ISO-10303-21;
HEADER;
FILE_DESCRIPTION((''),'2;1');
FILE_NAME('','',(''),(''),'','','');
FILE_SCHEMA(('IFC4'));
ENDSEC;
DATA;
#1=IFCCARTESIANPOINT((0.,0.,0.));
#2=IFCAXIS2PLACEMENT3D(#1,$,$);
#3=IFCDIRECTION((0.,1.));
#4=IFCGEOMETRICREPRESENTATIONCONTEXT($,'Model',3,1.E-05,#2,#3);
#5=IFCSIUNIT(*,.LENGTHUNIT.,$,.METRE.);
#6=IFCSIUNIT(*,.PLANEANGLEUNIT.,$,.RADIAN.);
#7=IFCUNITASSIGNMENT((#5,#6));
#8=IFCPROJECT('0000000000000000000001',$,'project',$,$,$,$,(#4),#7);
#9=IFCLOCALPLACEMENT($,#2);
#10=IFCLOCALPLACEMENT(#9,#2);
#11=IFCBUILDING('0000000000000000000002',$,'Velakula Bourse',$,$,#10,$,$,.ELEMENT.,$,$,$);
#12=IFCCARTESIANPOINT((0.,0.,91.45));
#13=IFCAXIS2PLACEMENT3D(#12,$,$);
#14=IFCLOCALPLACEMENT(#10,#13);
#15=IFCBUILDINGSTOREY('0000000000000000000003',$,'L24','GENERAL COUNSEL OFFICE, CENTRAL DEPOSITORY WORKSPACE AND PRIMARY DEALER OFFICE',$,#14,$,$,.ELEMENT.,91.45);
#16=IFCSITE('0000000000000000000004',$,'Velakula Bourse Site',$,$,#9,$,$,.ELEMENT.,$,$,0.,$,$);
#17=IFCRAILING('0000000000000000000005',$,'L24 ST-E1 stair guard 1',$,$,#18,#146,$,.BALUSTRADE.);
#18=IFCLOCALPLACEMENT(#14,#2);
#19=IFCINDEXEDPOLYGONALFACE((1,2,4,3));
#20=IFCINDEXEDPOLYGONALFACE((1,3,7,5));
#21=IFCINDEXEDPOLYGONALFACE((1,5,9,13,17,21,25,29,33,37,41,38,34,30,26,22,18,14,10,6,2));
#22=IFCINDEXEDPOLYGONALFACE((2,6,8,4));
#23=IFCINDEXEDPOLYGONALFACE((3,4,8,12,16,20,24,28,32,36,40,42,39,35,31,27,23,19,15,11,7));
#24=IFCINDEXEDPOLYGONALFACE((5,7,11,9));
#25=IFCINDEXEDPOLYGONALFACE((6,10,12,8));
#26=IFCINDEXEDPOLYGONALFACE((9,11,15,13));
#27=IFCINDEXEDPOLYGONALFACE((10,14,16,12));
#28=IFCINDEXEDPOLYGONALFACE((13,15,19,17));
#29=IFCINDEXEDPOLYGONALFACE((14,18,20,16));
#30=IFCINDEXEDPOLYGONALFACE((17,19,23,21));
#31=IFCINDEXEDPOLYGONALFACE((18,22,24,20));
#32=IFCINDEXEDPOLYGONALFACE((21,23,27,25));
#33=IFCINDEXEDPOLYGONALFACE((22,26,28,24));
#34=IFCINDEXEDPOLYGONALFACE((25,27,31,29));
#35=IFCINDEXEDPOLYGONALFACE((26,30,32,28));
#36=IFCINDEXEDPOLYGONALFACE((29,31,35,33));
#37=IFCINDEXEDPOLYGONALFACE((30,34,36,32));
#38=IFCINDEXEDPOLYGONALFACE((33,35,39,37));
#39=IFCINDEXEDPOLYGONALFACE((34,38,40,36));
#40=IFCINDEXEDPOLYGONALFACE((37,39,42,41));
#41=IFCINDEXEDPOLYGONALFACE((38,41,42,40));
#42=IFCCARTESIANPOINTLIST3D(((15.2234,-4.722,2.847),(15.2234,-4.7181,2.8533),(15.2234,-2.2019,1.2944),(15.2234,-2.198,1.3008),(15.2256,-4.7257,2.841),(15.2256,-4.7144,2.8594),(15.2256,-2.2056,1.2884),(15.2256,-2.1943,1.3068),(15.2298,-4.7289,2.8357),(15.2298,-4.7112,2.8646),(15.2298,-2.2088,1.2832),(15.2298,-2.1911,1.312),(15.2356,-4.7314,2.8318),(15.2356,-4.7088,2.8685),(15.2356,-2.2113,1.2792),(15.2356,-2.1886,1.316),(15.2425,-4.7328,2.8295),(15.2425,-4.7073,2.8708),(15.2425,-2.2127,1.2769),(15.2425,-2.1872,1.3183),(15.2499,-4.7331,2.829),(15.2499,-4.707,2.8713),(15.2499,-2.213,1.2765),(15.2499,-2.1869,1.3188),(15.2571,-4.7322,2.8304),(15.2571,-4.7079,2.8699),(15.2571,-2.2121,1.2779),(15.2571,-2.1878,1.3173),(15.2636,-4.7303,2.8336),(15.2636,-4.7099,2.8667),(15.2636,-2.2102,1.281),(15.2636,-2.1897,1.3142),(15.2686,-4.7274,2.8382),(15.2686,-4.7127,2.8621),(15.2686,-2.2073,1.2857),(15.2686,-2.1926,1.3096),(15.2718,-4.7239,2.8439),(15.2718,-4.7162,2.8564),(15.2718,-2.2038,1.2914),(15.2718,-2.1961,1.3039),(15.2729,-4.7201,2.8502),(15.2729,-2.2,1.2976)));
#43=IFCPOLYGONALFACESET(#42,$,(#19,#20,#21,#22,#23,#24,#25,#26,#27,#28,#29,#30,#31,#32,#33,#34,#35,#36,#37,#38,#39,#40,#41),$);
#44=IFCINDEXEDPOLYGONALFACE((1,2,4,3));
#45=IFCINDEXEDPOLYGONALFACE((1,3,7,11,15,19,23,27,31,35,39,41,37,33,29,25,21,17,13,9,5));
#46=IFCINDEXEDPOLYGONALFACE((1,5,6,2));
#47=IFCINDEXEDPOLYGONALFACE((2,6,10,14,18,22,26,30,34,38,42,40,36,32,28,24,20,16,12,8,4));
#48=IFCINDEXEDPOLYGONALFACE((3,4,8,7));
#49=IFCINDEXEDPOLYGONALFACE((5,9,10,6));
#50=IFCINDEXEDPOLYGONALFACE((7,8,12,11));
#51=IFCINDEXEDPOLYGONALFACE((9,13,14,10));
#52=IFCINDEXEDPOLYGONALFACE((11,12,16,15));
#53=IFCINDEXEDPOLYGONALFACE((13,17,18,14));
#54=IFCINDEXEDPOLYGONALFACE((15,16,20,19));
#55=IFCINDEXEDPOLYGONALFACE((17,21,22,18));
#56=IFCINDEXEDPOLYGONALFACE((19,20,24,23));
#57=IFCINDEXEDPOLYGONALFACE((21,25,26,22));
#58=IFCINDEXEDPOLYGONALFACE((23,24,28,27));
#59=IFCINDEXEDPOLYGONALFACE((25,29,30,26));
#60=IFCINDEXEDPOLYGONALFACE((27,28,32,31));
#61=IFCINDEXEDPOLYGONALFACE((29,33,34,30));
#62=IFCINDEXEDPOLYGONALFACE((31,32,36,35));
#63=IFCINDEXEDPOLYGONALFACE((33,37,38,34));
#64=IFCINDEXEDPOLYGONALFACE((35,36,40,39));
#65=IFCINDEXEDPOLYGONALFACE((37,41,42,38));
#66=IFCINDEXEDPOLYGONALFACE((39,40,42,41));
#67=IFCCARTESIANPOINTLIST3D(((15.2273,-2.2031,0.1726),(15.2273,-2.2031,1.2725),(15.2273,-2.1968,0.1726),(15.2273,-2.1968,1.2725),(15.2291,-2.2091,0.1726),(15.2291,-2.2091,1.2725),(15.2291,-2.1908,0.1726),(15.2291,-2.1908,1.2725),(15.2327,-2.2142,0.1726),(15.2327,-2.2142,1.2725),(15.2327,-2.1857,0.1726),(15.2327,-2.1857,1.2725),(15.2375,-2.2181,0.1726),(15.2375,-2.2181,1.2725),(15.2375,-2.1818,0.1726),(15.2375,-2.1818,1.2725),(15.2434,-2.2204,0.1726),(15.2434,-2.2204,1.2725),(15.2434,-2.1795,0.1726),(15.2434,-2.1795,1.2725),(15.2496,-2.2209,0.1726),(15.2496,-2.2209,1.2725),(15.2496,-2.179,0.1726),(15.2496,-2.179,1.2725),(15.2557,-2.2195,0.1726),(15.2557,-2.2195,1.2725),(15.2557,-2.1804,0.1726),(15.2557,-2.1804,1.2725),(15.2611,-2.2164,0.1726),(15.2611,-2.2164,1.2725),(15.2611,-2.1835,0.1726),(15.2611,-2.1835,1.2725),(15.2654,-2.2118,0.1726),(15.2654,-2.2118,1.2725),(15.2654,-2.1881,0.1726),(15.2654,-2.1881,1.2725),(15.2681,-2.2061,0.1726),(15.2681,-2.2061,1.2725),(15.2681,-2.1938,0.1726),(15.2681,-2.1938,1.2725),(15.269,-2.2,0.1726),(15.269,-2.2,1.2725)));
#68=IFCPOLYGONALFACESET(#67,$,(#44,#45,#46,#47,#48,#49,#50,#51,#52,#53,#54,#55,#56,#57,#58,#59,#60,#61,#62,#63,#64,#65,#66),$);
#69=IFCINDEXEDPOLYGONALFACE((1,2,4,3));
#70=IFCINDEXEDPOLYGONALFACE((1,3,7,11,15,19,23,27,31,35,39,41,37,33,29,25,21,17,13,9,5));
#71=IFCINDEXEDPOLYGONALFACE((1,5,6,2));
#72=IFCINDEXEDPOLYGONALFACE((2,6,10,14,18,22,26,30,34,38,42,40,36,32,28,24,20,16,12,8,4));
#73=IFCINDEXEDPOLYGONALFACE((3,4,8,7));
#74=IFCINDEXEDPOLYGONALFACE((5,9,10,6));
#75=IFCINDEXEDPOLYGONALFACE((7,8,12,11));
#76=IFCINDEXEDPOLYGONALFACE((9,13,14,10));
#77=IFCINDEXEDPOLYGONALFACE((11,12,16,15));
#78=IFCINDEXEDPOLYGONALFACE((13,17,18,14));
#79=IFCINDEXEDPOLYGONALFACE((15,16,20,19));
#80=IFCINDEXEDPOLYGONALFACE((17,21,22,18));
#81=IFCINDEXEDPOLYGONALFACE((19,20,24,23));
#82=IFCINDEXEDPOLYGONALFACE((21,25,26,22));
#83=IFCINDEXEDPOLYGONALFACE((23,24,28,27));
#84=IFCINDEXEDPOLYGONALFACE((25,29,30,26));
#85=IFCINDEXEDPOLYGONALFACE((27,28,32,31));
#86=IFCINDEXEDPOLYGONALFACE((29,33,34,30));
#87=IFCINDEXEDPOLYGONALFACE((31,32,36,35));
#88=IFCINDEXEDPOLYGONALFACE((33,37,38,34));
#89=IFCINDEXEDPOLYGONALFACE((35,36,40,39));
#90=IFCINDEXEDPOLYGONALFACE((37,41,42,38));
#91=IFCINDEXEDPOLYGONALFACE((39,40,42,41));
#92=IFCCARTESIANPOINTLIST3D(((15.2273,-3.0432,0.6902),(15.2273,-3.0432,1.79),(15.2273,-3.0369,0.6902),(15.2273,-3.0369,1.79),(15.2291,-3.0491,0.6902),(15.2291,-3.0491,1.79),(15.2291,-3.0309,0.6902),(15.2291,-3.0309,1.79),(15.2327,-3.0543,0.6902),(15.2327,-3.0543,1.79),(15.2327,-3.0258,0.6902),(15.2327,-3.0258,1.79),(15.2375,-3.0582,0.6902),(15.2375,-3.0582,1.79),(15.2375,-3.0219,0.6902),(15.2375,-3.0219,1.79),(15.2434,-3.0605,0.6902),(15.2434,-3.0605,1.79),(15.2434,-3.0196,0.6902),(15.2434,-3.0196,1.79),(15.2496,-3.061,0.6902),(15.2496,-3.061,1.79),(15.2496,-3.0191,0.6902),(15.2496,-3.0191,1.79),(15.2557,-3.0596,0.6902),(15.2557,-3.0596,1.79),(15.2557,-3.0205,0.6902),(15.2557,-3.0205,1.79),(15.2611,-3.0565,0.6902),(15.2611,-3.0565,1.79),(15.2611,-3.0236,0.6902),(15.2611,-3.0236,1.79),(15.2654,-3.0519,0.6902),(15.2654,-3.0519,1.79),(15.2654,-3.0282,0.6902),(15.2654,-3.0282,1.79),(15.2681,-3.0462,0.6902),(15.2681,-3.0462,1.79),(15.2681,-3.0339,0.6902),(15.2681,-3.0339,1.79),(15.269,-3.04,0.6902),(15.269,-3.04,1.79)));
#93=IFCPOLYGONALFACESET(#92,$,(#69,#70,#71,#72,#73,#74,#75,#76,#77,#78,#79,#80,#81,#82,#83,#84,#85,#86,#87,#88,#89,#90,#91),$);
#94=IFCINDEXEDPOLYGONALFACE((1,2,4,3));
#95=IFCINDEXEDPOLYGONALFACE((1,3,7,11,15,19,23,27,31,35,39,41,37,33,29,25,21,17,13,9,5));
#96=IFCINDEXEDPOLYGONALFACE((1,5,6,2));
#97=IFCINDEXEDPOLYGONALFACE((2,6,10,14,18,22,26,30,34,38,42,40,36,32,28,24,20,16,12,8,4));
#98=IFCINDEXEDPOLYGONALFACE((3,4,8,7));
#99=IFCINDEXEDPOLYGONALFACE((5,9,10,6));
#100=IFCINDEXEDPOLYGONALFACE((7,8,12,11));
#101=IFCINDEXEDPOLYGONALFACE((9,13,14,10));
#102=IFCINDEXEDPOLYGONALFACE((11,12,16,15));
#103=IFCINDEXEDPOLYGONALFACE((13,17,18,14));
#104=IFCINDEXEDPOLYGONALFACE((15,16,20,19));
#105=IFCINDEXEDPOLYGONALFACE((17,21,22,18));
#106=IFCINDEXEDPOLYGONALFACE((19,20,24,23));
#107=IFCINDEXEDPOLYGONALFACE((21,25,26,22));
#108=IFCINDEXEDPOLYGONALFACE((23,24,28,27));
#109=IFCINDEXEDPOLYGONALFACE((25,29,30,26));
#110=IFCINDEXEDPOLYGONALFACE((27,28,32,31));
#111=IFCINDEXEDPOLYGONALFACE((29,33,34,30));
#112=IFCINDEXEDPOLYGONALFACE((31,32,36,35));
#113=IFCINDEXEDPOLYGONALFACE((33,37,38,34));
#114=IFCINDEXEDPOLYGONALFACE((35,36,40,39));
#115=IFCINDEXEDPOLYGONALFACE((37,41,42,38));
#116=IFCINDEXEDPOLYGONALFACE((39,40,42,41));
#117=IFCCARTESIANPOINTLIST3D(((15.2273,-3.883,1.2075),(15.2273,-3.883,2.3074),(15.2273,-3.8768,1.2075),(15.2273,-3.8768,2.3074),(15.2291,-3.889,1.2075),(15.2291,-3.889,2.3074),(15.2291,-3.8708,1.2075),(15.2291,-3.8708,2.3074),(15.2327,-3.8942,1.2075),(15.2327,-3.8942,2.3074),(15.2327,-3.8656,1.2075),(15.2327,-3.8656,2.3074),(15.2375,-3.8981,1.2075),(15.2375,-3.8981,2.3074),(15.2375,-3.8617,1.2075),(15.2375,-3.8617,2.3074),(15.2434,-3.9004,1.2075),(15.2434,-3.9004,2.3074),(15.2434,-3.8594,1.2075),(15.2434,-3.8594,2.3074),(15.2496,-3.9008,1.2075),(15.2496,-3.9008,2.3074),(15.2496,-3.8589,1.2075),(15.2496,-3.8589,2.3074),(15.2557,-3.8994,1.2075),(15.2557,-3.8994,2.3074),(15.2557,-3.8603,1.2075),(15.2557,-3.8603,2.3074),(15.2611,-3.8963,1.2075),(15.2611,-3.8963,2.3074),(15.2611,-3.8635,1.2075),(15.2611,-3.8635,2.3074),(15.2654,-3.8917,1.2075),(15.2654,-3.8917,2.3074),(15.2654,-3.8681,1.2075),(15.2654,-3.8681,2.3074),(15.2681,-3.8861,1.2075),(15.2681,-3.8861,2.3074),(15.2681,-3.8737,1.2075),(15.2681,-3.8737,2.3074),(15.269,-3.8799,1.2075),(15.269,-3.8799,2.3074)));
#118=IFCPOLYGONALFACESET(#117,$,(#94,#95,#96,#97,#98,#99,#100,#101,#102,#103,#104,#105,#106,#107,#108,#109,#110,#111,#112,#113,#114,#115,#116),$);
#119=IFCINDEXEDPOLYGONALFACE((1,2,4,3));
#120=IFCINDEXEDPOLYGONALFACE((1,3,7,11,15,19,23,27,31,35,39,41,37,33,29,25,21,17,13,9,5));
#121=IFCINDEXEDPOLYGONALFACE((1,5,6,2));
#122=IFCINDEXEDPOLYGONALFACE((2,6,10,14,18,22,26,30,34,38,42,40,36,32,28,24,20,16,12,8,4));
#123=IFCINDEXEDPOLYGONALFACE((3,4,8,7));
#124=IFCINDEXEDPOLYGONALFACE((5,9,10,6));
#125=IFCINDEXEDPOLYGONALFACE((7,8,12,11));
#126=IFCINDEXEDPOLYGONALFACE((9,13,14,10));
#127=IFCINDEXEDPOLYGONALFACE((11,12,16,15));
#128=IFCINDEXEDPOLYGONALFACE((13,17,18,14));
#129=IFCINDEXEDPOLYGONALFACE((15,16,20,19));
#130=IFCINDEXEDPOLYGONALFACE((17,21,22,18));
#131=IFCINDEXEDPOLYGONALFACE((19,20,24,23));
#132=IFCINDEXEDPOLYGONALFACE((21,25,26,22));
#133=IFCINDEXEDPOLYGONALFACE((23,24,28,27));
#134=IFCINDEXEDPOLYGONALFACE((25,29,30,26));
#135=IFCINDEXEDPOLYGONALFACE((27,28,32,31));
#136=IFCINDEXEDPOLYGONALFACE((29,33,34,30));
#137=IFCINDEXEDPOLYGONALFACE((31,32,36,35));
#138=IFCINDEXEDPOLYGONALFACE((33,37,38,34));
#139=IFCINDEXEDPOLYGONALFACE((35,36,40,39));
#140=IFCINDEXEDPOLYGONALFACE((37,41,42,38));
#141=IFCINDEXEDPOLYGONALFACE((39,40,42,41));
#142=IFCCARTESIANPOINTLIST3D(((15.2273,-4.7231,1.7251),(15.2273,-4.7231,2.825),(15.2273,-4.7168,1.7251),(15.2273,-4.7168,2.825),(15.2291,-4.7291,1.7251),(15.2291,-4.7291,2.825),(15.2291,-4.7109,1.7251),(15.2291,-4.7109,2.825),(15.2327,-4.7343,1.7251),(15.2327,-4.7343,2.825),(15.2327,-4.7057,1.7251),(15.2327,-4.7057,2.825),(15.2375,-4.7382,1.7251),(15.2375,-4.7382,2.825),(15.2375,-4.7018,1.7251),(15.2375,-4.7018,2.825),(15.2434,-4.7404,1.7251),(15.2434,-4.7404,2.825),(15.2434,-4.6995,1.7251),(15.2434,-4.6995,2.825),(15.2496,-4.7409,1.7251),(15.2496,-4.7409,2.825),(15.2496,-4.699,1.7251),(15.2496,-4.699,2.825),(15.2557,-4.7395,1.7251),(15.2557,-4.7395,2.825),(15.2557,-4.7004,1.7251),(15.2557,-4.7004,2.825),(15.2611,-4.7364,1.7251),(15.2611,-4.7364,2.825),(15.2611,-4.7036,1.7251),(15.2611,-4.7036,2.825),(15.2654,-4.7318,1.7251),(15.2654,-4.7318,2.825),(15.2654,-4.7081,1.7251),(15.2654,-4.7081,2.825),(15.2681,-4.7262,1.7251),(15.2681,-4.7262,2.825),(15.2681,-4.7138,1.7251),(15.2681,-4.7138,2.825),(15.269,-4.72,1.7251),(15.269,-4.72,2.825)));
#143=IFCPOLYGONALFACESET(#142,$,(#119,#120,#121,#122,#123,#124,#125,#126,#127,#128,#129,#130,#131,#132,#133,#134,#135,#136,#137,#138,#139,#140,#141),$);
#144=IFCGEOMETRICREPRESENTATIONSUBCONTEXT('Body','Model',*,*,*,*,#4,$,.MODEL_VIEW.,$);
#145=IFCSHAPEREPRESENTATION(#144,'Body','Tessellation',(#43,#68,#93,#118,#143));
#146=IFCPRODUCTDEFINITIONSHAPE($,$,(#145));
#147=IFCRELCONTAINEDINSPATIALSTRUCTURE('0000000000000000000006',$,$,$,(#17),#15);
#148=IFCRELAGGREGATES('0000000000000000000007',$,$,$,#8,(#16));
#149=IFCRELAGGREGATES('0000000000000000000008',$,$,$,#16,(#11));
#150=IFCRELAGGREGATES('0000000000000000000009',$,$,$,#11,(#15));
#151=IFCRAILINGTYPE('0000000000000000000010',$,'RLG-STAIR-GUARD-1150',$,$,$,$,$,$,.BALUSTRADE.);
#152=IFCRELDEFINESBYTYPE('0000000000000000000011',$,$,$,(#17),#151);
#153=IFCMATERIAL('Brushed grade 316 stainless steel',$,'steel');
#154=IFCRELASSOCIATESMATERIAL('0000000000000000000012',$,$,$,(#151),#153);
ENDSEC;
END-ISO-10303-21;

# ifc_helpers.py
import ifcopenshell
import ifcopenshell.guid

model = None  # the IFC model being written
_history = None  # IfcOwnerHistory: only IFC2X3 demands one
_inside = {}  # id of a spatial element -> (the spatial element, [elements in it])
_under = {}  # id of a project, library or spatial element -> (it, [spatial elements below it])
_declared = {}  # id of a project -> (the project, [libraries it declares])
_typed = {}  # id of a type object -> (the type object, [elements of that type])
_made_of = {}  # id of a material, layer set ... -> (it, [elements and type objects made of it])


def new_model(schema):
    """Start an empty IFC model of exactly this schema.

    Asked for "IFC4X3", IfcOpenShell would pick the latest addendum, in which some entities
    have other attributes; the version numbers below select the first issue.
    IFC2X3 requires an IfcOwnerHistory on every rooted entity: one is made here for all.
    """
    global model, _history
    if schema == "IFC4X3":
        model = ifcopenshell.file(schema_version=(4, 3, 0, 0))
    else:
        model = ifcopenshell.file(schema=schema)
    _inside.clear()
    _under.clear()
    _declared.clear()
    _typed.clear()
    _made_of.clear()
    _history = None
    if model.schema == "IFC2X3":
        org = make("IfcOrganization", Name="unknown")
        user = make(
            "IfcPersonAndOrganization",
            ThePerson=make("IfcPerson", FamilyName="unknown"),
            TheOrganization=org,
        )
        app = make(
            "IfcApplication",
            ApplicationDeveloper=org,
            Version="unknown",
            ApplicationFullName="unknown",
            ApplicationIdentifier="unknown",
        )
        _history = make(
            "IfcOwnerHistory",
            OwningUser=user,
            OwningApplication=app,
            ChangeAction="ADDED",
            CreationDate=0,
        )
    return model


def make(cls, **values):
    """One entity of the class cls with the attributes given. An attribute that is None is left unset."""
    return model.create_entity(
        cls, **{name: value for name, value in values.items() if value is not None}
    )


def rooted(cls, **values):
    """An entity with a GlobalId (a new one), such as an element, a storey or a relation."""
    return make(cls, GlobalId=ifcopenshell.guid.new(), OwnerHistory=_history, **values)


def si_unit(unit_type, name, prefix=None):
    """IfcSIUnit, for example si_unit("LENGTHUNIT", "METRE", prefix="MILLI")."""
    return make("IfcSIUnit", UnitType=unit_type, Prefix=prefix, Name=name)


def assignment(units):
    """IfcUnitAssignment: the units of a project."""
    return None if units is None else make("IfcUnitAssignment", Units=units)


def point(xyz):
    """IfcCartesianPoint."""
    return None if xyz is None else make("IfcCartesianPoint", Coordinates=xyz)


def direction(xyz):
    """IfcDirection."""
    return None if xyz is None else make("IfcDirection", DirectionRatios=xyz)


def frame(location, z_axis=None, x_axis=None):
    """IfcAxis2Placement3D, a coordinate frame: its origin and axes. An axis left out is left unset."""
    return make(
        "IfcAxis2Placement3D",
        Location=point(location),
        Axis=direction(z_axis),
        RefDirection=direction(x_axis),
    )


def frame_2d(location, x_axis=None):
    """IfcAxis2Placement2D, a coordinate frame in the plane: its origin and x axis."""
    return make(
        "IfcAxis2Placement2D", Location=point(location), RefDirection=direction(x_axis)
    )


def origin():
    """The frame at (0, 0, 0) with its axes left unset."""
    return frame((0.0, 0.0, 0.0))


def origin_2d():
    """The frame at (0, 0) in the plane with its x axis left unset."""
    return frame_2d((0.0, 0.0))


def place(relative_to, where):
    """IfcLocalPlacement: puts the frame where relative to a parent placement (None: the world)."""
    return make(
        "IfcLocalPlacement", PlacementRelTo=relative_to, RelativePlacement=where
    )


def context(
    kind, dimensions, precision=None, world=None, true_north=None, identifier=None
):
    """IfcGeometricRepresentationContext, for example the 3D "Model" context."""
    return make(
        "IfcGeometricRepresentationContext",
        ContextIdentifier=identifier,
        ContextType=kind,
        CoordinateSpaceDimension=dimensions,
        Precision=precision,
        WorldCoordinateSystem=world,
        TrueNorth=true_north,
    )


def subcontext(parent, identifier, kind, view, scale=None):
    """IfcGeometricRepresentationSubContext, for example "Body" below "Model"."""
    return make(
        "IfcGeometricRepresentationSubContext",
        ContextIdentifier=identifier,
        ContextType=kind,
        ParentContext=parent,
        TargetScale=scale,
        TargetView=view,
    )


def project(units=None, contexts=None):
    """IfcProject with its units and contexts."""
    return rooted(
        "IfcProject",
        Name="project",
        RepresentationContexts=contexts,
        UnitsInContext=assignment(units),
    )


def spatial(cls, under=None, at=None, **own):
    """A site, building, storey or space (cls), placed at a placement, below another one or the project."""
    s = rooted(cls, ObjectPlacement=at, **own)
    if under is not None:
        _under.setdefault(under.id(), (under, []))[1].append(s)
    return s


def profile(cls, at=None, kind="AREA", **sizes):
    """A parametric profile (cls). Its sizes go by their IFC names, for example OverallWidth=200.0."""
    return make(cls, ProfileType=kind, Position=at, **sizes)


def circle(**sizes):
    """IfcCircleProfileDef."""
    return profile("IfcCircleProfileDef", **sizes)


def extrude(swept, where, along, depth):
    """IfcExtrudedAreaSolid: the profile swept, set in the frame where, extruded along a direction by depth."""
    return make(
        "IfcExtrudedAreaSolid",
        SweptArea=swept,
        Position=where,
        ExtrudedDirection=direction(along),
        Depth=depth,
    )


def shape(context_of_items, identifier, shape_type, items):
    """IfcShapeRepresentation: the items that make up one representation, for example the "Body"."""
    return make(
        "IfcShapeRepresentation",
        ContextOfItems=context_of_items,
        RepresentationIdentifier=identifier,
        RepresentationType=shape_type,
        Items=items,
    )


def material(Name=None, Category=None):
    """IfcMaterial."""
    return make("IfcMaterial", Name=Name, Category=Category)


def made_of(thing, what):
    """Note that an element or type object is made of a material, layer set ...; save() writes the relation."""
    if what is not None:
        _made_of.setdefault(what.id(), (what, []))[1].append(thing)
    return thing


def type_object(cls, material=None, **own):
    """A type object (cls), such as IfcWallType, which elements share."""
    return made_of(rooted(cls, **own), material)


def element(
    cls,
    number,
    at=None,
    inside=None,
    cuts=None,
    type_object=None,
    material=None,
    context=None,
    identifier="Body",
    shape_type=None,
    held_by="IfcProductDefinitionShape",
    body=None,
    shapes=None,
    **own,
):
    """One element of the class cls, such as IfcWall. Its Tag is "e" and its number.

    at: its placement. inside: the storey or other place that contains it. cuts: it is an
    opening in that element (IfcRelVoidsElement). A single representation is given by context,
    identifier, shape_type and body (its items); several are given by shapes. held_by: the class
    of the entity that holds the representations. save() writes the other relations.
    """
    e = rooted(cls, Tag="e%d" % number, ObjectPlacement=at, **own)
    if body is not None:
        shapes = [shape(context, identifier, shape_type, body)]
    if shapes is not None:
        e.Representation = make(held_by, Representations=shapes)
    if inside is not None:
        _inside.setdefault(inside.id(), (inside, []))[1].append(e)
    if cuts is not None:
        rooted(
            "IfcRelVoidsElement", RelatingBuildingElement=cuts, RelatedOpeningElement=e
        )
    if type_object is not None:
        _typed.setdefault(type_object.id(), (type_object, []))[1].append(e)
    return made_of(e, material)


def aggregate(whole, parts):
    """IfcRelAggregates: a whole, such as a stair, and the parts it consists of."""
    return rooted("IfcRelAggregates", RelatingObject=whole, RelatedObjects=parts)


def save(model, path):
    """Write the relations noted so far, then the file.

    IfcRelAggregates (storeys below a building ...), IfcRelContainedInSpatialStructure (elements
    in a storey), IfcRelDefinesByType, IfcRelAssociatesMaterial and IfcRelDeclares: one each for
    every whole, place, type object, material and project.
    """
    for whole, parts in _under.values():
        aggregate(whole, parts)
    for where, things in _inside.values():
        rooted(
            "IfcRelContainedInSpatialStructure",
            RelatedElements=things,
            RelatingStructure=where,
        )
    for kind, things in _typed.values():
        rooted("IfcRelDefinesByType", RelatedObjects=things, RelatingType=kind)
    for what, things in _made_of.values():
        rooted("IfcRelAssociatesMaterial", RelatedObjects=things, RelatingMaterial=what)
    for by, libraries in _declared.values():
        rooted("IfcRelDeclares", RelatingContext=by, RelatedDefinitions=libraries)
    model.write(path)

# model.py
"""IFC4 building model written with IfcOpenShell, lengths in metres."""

from ifc_helpers import new_model, si_unit, direction, frame, origin, origin_2d, place, context, subcontext, project, spatial, circle, extrude, material, type_object, element, save


model = new_model("IFC4")

# Units and contexts
model_context = context("Model", 3, precision=1e-05, world=origin(), true_north=direction((0.0, 1.0)))
body_context = subcontext(model_context, "Body", "Model", "MODEL_VIEW")
ifc_project = project(units=[si_unit("LENGTHUNIT", "METRE"), si_unit("PLANEANGLEUNIT", "RADIAN")], contexts=[model_context])

# Site, building, storey
site_placement = place(None, origin())
site = spatial("IfcSite", under=ifc_project, at=site_placement, Name="Velakula Bourse Site", CompositionType="ELEMENT", RefElevation=0.0)
building_placement = place(site_placement, origin())
building = spatial("IfcBuilding", under=site, at=building_placement, Name="Velakula Bourse", CompositionType="ELEMENT")
storey_placement = place(building_placement, frame((0.0, 0.0, 91.45)))
storey = spatial("IfcBuildingStorey", under=building, at=storey_placement, Name="L24", Description="GENERAL COUNSEL OFFICE, CENTRAL DEPOSITORY WORKSPACE AND PRIMARY DEALER OFFICE", CompositionType="ELEMENT", Elevation=91.45)

# Railing
ifc_material_1 = material(Name="Brushed grade 316 stainless steel", Category="steel")
railing_type_1 = type_object("IfcRailingType", Name="RLG-STAIR-GUARD-1150", PredefinedType="BALUSTRADE", material=ifc_material_1)
railing_1_placement = place(storey_placement, frame((15.248, -2.2, 0.1726)))
element("IfcRailing", 1, at=railing_1_placement, inside=storey, type_object=railing_type_1, Name="L24 ST-E1 stair guard 1", PredefinedType="BALUSTRADE", context=body_context, shape_type="SweptSolid", body=[
    extrude(circle(Radius=0.0249, at=origin_2d()), frame((0.0, 0.0, 1.125), z_axis=(0.0, -0.8514, 0.524516), x_axis=(1.0, 0.0, 0.0)), (0.0, 0.0, 1.0), 2.96),
    extrude(circle(Radius=0.021, at=origin_2d()), origin(), (0.0, 0.0, 1.0), 1.0999),
    extrude(circle(Radius=0.021, at=origin_2d()), frame((0.0, -0.8401, 0.5176)), (0.0, 0.0, 1.0), 1.0999),
    extrude(circle(Radius=0.021, at=origin_2d()), frame((0.0, -1.6799, 1.0349)), (0.0, 0.0, 1.0), 1.0999),
    extrude(circle(Radius=0.021, at=origin_2d()), frame((0.0, -2.52, 1.5525)), (0.0, 0.0, 1.0), 1.0999),
])

save(model, "model.ifc")
